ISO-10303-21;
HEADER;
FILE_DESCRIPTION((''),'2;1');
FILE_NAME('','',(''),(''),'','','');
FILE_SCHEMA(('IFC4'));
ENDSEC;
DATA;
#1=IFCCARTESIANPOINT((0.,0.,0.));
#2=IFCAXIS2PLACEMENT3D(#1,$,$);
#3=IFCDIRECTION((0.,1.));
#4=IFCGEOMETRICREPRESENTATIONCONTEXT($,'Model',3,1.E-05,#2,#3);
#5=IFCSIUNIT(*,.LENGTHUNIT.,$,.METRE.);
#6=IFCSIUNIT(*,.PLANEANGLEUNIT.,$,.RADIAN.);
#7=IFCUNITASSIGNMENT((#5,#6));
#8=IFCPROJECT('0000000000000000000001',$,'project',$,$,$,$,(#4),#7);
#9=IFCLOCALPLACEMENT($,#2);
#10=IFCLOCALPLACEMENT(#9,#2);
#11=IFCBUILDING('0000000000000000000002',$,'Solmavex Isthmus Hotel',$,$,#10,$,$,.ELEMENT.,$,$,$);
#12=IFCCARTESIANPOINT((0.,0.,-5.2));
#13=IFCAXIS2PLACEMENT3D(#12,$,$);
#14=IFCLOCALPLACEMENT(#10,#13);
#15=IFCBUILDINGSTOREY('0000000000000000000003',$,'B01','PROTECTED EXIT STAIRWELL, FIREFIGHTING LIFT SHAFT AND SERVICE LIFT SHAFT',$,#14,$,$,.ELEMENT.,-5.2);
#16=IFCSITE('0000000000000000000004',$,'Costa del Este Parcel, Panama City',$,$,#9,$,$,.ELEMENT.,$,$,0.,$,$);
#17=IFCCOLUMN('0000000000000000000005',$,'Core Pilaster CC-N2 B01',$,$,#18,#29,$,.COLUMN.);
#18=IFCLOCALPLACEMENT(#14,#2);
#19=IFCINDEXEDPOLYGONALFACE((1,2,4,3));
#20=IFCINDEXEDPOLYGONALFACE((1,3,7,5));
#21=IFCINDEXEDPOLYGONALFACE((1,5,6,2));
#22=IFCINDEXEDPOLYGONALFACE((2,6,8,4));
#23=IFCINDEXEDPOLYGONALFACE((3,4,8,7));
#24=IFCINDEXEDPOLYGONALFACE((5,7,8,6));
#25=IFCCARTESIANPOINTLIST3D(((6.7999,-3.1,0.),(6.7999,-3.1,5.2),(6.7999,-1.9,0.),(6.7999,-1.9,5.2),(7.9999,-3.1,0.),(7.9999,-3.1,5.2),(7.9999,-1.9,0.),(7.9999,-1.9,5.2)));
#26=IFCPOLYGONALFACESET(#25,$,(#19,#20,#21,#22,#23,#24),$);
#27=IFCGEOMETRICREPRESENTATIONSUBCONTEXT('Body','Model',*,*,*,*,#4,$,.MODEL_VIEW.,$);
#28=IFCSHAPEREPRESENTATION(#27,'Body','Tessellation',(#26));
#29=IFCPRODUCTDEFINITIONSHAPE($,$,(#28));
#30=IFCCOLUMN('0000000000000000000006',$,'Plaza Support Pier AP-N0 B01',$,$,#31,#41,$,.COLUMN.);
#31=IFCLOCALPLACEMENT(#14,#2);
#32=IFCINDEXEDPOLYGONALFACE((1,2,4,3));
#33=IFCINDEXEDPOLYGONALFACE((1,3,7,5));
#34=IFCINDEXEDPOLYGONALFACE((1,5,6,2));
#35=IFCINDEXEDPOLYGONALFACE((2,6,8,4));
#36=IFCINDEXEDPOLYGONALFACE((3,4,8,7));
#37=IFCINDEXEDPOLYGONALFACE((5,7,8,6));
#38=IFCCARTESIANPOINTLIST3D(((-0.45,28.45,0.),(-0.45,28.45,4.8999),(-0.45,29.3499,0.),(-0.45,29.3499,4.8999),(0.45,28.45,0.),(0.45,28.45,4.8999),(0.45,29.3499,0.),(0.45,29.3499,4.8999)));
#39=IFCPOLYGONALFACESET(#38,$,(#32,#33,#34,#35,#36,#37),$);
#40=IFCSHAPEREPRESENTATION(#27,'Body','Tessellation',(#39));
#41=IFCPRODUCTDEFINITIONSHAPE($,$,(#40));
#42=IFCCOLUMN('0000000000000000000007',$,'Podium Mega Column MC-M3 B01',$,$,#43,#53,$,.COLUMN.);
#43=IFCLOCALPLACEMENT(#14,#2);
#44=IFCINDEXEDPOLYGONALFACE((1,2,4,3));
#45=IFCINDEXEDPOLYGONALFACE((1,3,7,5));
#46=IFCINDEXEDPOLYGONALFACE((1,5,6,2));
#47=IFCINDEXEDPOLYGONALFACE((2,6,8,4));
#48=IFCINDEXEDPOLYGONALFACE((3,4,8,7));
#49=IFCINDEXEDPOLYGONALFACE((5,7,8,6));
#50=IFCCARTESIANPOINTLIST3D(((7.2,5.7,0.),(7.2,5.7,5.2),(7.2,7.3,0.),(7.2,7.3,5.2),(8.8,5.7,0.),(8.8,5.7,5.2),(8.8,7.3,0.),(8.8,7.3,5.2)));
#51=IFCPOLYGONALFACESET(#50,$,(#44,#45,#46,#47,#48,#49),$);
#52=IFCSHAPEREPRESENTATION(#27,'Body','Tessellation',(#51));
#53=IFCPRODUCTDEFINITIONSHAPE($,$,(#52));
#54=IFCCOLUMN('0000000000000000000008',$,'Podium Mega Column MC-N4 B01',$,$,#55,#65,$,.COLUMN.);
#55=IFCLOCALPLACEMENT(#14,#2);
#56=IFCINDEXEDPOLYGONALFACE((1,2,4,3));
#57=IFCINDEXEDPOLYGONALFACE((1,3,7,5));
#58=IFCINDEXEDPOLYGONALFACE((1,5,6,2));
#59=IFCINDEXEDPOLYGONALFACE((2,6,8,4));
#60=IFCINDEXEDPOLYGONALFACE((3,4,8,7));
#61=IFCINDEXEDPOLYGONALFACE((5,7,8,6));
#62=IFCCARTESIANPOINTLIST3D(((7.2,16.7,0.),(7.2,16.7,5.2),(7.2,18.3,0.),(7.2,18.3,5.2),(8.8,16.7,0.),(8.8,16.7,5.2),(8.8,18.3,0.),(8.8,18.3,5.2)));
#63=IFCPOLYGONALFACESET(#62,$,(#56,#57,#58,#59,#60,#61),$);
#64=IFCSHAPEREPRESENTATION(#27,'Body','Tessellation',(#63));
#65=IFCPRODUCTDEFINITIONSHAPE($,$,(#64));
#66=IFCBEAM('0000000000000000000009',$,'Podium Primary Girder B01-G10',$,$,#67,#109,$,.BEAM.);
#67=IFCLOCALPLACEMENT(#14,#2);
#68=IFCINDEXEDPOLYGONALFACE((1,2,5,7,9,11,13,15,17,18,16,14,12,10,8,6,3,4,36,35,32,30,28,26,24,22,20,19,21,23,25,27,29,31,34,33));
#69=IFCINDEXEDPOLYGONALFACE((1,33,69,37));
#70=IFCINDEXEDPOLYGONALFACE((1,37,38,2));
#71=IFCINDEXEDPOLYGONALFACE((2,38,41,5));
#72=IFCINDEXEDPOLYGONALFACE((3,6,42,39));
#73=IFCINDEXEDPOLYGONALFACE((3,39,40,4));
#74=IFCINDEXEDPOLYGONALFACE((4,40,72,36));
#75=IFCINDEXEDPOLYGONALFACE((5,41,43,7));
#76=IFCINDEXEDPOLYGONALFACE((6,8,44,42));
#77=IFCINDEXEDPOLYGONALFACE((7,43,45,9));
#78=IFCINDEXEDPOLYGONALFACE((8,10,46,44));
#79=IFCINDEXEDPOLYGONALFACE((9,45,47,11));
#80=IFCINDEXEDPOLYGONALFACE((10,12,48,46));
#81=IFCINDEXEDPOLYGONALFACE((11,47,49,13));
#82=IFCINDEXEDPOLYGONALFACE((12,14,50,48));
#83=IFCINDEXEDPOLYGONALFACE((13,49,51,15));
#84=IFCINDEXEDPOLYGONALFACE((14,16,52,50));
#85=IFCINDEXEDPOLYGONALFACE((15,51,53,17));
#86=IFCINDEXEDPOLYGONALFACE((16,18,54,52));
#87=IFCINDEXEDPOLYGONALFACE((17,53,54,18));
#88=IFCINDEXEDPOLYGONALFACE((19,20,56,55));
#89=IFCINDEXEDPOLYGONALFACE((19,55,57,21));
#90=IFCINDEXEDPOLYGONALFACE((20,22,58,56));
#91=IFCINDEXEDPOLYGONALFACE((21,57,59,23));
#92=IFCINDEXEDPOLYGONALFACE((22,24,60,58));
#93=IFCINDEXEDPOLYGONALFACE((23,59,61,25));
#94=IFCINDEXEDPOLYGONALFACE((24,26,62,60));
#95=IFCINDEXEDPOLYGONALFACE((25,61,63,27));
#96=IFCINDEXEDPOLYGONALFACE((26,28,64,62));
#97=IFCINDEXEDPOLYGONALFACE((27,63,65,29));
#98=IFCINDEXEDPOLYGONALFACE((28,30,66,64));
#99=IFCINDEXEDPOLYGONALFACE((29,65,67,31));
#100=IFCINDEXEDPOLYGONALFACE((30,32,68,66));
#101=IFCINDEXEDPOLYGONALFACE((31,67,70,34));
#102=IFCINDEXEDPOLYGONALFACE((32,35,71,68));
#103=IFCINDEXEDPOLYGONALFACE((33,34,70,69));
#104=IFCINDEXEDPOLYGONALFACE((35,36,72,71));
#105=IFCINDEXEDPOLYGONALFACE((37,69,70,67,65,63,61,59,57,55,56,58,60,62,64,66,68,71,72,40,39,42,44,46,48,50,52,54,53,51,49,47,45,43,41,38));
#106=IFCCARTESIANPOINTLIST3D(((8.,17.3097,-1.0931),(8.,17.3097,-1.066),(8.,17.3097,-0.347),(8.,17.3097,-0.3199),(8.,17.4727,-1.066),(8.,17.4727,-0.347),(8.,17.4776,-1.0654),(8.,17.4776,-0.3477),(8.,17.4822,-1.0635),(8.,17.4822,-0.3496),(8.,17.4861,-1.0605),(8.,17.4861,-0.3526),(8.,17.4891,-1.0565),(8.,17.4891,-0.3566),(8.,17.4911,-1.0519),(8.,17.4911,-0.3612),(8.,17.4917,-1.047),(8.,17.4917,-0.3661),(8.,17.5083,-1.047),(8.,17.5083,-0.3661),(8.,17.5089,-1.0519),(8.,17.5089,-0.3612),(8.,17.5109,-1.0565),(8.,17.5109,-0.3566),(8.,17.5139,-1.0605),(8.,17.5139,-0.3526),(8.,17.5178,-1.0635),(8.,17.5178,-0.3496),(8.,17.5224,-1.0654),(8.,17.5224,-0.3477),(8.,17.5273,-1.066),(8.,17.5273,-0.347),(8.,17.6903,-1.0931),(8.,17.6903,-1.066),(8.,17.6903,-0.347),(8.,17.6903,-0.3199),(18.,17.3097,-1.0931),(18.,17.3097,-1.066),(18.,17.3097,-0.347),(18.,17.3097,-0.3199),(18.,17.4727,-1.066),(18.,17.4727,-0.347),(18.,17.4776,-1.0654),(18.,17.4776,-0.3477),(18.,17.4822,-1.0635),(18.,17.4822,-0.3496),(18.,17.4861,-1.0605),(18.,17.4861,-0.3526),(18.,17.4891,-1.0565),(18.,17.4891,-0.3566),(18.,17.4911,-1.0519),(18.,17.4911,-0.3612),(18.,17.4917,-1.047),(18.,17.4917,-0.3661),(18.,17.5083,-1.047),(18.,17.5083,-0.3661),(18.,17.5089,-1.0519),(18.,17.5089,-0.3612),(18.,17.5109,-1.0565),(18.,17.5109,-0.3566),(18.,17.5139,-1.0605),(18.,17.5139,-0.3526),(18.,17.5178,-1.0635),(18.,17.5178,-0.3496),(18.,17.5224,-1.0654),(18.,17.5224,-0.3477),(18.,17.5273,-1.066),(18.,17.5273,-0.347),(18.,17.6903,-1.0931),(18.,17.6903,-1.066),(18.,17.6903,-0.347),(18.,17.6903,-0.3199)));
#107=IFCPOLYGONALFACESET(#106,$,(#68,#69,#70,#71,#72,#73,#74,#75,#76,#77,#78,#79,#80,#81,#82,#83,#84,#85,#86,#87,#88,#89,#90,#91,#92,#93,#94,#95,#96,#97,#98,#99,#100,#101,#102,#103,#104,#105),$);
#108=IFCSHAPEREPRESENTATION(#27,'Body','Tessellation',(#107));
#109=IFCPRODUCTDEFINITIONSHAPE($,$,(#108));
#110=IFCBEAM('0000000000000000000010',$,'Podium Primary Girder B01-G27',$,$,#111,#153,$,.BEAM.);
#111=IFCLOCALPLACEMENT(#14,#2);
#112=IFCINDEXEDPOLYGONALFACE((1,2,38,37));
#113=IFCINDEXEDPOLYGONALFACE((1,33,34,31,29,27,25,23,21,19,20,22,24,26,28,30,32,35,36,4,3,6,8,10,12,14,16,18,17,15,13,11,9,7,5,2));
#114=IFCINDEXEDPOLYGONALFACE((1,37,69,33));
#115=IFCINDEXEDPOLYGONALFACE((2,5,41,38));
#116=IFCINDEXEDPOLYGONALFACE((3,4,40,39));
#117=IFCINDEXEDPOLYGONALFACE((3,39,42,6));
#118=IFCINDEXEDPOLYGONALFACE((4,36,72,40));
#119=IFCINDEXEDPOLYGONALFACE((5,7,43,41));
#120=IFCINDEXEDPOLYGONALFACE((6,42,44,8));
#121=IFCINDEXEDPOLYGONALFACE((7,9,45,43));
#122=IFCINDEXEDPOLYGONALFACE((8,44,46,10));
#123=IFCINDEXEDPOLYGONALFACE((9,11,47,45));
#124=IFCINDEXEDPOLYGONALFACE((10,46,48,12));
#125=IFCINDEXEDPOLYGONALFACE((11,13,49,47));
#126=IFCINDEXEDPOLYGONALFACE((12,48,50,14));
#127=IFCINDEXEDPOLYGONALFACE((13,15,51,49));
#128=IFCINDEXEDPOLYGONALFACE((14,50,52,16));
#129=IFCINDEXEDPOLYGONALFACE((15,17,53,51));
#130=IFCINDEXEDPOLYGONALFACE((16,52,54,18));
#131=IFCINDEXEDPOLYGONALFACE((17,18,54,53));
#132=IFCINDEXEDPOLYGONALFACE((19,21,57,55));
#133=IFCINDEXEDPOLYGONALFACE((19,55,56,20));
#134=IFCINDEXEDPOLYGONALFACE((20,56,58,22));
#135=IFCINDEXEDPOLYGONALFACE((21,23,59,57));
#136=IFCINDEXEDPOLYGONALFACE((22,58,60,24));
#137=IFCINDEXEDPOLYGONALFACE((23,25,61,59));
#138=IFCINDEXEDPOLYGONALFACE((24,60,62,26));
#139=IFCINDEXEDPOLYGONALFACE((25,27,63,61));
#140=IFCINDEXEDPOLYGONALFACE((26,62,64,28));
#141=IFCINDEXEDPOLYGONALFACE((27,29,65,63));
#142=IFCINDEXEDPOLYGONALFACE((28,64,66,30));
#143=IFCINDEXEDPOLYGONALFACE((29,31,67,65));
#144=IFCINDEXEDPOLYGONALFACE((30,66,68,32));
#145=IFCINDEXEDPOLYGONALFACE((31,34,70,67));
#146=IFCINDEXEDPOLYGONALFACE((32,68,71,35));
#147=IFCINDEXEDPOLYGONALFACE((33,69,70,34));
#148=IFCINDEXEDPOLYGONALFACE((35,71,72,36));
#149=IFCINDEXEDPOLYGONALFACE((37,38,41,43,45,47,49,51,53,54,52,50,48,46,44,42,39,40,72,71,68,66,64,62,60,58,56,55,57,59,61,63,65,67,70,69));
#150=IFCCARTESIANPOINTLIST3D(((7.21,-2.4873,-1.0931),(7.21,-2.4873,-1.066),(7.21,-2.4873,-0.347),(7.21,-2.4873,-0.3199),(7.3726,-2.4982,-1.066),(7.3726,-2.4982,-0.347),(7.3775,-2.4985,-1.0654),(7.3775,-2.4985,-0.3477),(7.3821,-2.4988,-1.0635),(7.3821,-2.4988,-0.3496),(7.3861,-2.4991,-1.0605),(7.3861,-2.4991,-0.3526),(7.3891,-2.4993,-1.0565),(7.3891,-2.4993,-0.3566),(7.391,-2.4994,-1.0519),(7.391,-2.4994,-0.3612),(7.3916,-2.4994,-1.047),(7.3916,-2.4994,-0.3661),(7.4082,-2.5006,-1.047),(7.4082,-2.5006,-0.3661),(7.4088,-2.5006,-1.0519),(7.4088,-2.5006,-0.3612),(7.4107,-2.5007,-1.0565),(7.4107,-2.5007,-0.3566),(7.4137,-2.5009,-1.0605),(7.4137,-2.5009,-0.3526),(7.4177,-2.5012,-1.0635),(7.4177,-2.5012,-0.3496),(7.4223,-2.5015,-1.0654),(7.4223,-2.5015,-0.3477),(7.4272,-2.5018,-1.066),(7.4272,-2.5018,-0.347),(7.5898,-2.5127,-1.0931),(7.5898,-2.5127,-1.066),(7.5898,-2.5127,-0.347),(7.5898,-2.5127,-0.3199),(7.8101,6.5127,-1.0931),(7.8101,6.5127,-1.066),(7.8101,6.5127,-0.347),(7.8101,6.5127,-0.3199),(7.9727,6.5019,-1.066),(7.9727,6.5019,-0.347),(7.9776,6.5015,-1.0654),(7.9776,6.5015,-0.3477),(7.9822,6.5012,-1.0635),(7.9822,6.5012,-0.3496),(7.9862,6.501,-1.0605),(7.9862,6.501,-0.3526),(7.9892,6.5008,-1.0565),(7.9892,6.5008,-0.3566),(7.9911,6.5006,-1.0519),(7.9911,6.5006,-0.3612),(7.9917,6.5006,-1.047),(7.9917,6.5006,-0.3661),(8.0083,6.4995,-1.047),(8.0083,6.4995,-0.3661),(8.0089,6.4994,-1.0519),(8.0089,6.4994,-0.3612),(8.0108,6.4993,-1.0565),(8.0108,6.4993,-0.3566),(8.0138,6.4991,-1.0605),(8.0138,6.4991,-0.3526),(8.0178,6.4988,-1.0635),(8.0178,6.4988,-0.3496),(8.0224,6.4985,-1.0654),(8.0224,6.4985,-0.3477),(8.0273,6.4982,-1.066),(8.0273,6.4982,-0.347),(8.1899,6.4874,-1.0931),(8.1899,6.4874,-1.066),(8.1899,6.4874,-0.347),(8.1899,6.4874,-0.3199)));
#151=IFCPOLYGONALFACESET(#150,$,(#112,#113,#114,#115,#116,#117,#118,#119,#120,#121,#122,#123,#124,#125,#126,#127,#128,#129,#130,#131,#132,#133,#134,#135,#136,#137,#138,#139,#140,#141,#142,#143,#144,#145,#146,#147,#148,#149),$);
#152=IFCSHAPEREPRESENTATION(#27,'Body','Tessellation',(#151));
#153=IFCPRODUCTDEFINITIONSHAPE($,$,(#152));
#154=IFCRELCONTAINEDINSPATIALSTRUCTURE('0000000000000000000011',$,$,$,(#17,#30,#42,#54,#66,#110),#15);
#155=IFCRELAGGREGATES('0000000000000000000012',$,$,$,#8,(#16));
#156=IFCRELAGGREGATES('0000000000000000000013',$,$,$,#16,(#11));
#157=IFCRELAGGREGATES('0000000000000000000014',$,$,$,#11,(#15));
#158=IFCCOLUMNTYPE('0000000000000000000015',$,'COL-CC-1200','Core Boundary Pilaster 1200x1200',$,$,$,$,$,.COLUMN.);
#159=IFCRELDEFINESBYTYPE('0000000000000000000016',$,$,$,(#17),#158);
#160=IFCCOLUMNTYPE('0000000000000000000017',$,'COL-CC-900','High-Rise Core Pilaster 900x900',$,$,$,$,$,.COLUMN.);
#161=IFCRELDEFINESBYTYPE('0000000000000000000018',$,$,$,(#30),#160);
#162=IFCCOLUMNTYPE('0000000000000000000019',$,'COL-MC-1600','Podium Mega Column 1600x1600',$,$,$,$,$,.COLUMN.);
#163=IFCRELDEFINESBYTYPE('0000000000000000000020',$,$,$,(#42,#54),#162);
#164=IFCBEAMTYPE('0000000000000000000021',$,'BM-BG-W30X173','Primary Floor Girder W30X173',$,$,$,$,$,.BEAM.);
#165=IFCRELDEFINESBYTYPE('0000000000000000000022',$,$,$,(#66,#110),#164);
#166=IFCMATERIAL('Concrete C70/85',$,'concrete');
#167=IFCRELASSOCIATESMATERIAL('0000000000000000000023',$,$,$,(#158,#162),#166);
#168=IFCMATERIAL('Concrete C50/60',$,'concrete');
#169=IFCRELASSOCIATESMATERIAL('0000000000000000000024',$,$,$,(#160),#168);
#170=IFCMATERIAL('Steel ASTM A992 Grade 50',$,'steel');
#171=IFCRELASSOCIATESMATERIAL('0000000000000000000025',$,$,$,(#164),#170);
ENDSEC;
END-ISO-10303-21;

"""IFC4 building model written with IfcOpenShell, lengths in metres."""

from ifc_helpers import new_model, si_unit, direction, frame, origin, origin_2d, place, context, subcontext, project, spatial, rectangle, i_section, extrude, material, material_profile, profile_set, type_object, element, save


model = new_model("IFC4")

# Units and contexts
model_context = context("Model", 3, precision=1e-05, world=origin(), true_north=direction((0.0, 1.0)))
body_context = subcontext(model_context, "Body", "Model", "MODEL_VIEW")
ifc_project = project(units=[si_unit("LENGTHUNIT", "METRE"), si_unit("PLANEANGLEUNIT", "RADIAN")], contexts=[model_context])

# Site, building, storey
site_placement = place(None, origin())
site = spatial("IfcSite", under=ifc_project, at=site_placement, Name="Costa del Este Parcel, Panama City", CompositionType="ELEMENT", RefElevation=0.0)
building_placement = place(site_placement, origin())
building = spatial("IfcBuilding", under=site, at=building_placement, Name="Solmavex Isthmus Hotel", CompositionType="ELEMENT")
storey_placement = place(building_placement, frame((0.0, 0.0, -5.2)))
storey = spatial("IfcBuildingStorey", under=building, at=storey_placement, Name="B01", Description="PROTECTED EXIT STAIRWELL, FIREFIGHTING LIFT SHAFT AND SERVICE LIFT SHAFT", CompositionType="ELEMENT", Elevation=-5.2)

# Columns
ifc_material_1 = material(Name="Concrete C70/85", Category="concrete")
ifc_material_profile_1 = material_profile(ifc_material_1, rectangle(XDim=1.2, YDim=1.2, at=origin_2d()), Name="RC1200X1200")
ifc_profile_set_1 = profile_set([ifc_material_profile_1], Name="Concrete C70/85")
column_type_1 = type_object("IfcColumnType", Name="COL-CC-1200", Description="Core Boundary Pilaster 1200x1200", PredefinedType="COLUMN", material=ifc_profile_set_1)
column_1_placement = place(storey_placement, frame((7.3999, -2.5, 0.0), z_axis=(0.0, 0.0, 1.0), x_axis=(1.0, 0.0, 0.0)))
element("IfcColumn", 1, at=column_1_placement, inside=storey, type_object=column_type_1, Name="Core Pilaster CC-N2 B01", PredefinedType="COLUMN", context=body_context, shape_type="SweptSolid", body=[
    extrude(rectangle(XDim=1.2, YDim=1.2, at=origin_2d()), origin(), (0.0, 0.0, 1.0), 5.2),
])
ifc_material_2 = material(Name="Concrete C50/60", Category="concrete")
ifc_material_profile_2 = material_profile(ifc_material_2, rectangle(XDim=0.8999, YDim=0.8999, at=origin_2d()), Name="RC900X900")
ifc_profile_set_2 = profile_set([ifc_material_profile_2], Name="Concrete C50/60")
column_type_2 = type_object("IfcColumnType", Name="COL-CC-900", Description="High-Rise Core Pilaster 900x900", PredefinedType="COLUMN", material=ifc_profile_set_2)
column_2_placement = place(storey_placement, frame((0.0, 28.8999, 0.0), z_axis=(0.0, 0.0, 1.0), x_axis=(1.0, 0.0, 0.0)))
element("IfcColumn", 2, at=column_2_placement, inside=storey, type_object=column_type_2, Name="Plaza Support Pier AP-N0 B01", PredefinedType="COLUMN", context=body_context, shape_type="SweptSolid", body=[
    extrude(rectangle(XDim=0.8999, YDim=0.8999, at=origin_2d()), origin(), (0.0, 0.0, 1.0), 4.8999),
])
ifc_material_profile_3 = material_profile(ifc_material_1, rectangle(XDim=1.6001, YDim=1.6001, at=origin_2d()), Name="RC1600X1600")
ifc_profile_set_3 = profile_set([ifc_material_profile_3], Name="Concrete C70/85")
column_type_3 = type_object("IfcColumnType", Name="COL-MC-1600", Description="Podium Mega Column 1600x1600", PredefinedType="COLUMN", material=ifc_profile_set_3)
for number, where, z_axis, x_axis, name in (
    (3, (8.0, 6.5, 0.0), (0.0, 0.0, 1.0), (1.0, 0.0, 0.0), "Podium Mega Column MC-M3 B01"),
    (4, (8.0, 17.5, 0.0), (0.0, 0.0, 1.0), (1.0, 0.0, 0.0), "Podium Mega Column MC-N4 B01"),
):
    element("IfcColumn", number, at=place(storey_placement, frame(where, z_axis=z_axis, x_axis=x_axis)), inside=storey, type_object=column_type_3, Name=name, PredefinedType="COLUMN", context=body_context, shape_type="SweptSolid", body=[
        extrude(rectangle(XDim=1.6001, YDim=1.6001, at=origin_2d()), origin(), (0.0, 0.0, 1.0), 5.2),
    ])

# Beams
ifc_material_3 = material(Name="Steel ASTM A992 Grade 50", Category="steel")
ifc_material_profile_4 = material_profile(ifc_material_3, i_section(OverallWidth=0.3806, OverallDepth=0.7732, WebThickness=0.0166, FlangeThickness=0.0271, FilletRadius=0.019, at=origin_2d()), Name="W30X173")
ifc_profile_set_4 = profile_set([ifc_material_profile_4], Name="Steel ASTM A992 Grade 50")
beam_type_1 = type_object("IfcBeamType", Name="BM-BG-W30X173", Description="Primary Floor Girder W30X173", PredefinedType="BEAM", material=ifc_profile_set_4)
beam_1_placement = place(storey_placement, frame((8.0, 17.5, -0.7065), z_axis=(1.0, 0.0, 0.0), x_axis=(0.0, 1.0, 0.0)))
element("IfcBeam", 5, at=beam_1_placement, inside=storey, type_object=beam_type_1, Name="Podium Primary Girder B01-G10", PredefinedType="BEAM", context=body_context, shape_type="SweptSolid", body=[
    extrude(i_section(OverallWidth=0.3806, OverallDepth=0.7732, WebThickness=0.0166, FlangeThickness=0.0271, FilletRadius=0.019, at=origin_2d()), origin(), (0.0, 0.0, 1.0), 10.0),
])
beam_2_placement = place(storey_placement, frame((7.3999, -2.5, -0.7065), z_axis=(0.06653, 0.997784, 0.0), x_axis=(-0.997784, 0.06653, 0.0)))
element("IfcBeam", 6, at=beam_2_placement, inside=storey, type_object=beam_type_1, Name="Podium Primary Girder B01-G27", PredefinedType="BEAM", context=body_context, shape_type="SweptSolid", body=[
    extrude(i_section(OverallWidth=0.3806, OverallDepth=0.7732, WebThickness=0.0166, FlangeThickness=0.0271, FilletRadius=0.019, at=origin_2d()), origin(), (0.0, 0.0, 1.0), 9.02),
])

save(model, "model.ifc")
